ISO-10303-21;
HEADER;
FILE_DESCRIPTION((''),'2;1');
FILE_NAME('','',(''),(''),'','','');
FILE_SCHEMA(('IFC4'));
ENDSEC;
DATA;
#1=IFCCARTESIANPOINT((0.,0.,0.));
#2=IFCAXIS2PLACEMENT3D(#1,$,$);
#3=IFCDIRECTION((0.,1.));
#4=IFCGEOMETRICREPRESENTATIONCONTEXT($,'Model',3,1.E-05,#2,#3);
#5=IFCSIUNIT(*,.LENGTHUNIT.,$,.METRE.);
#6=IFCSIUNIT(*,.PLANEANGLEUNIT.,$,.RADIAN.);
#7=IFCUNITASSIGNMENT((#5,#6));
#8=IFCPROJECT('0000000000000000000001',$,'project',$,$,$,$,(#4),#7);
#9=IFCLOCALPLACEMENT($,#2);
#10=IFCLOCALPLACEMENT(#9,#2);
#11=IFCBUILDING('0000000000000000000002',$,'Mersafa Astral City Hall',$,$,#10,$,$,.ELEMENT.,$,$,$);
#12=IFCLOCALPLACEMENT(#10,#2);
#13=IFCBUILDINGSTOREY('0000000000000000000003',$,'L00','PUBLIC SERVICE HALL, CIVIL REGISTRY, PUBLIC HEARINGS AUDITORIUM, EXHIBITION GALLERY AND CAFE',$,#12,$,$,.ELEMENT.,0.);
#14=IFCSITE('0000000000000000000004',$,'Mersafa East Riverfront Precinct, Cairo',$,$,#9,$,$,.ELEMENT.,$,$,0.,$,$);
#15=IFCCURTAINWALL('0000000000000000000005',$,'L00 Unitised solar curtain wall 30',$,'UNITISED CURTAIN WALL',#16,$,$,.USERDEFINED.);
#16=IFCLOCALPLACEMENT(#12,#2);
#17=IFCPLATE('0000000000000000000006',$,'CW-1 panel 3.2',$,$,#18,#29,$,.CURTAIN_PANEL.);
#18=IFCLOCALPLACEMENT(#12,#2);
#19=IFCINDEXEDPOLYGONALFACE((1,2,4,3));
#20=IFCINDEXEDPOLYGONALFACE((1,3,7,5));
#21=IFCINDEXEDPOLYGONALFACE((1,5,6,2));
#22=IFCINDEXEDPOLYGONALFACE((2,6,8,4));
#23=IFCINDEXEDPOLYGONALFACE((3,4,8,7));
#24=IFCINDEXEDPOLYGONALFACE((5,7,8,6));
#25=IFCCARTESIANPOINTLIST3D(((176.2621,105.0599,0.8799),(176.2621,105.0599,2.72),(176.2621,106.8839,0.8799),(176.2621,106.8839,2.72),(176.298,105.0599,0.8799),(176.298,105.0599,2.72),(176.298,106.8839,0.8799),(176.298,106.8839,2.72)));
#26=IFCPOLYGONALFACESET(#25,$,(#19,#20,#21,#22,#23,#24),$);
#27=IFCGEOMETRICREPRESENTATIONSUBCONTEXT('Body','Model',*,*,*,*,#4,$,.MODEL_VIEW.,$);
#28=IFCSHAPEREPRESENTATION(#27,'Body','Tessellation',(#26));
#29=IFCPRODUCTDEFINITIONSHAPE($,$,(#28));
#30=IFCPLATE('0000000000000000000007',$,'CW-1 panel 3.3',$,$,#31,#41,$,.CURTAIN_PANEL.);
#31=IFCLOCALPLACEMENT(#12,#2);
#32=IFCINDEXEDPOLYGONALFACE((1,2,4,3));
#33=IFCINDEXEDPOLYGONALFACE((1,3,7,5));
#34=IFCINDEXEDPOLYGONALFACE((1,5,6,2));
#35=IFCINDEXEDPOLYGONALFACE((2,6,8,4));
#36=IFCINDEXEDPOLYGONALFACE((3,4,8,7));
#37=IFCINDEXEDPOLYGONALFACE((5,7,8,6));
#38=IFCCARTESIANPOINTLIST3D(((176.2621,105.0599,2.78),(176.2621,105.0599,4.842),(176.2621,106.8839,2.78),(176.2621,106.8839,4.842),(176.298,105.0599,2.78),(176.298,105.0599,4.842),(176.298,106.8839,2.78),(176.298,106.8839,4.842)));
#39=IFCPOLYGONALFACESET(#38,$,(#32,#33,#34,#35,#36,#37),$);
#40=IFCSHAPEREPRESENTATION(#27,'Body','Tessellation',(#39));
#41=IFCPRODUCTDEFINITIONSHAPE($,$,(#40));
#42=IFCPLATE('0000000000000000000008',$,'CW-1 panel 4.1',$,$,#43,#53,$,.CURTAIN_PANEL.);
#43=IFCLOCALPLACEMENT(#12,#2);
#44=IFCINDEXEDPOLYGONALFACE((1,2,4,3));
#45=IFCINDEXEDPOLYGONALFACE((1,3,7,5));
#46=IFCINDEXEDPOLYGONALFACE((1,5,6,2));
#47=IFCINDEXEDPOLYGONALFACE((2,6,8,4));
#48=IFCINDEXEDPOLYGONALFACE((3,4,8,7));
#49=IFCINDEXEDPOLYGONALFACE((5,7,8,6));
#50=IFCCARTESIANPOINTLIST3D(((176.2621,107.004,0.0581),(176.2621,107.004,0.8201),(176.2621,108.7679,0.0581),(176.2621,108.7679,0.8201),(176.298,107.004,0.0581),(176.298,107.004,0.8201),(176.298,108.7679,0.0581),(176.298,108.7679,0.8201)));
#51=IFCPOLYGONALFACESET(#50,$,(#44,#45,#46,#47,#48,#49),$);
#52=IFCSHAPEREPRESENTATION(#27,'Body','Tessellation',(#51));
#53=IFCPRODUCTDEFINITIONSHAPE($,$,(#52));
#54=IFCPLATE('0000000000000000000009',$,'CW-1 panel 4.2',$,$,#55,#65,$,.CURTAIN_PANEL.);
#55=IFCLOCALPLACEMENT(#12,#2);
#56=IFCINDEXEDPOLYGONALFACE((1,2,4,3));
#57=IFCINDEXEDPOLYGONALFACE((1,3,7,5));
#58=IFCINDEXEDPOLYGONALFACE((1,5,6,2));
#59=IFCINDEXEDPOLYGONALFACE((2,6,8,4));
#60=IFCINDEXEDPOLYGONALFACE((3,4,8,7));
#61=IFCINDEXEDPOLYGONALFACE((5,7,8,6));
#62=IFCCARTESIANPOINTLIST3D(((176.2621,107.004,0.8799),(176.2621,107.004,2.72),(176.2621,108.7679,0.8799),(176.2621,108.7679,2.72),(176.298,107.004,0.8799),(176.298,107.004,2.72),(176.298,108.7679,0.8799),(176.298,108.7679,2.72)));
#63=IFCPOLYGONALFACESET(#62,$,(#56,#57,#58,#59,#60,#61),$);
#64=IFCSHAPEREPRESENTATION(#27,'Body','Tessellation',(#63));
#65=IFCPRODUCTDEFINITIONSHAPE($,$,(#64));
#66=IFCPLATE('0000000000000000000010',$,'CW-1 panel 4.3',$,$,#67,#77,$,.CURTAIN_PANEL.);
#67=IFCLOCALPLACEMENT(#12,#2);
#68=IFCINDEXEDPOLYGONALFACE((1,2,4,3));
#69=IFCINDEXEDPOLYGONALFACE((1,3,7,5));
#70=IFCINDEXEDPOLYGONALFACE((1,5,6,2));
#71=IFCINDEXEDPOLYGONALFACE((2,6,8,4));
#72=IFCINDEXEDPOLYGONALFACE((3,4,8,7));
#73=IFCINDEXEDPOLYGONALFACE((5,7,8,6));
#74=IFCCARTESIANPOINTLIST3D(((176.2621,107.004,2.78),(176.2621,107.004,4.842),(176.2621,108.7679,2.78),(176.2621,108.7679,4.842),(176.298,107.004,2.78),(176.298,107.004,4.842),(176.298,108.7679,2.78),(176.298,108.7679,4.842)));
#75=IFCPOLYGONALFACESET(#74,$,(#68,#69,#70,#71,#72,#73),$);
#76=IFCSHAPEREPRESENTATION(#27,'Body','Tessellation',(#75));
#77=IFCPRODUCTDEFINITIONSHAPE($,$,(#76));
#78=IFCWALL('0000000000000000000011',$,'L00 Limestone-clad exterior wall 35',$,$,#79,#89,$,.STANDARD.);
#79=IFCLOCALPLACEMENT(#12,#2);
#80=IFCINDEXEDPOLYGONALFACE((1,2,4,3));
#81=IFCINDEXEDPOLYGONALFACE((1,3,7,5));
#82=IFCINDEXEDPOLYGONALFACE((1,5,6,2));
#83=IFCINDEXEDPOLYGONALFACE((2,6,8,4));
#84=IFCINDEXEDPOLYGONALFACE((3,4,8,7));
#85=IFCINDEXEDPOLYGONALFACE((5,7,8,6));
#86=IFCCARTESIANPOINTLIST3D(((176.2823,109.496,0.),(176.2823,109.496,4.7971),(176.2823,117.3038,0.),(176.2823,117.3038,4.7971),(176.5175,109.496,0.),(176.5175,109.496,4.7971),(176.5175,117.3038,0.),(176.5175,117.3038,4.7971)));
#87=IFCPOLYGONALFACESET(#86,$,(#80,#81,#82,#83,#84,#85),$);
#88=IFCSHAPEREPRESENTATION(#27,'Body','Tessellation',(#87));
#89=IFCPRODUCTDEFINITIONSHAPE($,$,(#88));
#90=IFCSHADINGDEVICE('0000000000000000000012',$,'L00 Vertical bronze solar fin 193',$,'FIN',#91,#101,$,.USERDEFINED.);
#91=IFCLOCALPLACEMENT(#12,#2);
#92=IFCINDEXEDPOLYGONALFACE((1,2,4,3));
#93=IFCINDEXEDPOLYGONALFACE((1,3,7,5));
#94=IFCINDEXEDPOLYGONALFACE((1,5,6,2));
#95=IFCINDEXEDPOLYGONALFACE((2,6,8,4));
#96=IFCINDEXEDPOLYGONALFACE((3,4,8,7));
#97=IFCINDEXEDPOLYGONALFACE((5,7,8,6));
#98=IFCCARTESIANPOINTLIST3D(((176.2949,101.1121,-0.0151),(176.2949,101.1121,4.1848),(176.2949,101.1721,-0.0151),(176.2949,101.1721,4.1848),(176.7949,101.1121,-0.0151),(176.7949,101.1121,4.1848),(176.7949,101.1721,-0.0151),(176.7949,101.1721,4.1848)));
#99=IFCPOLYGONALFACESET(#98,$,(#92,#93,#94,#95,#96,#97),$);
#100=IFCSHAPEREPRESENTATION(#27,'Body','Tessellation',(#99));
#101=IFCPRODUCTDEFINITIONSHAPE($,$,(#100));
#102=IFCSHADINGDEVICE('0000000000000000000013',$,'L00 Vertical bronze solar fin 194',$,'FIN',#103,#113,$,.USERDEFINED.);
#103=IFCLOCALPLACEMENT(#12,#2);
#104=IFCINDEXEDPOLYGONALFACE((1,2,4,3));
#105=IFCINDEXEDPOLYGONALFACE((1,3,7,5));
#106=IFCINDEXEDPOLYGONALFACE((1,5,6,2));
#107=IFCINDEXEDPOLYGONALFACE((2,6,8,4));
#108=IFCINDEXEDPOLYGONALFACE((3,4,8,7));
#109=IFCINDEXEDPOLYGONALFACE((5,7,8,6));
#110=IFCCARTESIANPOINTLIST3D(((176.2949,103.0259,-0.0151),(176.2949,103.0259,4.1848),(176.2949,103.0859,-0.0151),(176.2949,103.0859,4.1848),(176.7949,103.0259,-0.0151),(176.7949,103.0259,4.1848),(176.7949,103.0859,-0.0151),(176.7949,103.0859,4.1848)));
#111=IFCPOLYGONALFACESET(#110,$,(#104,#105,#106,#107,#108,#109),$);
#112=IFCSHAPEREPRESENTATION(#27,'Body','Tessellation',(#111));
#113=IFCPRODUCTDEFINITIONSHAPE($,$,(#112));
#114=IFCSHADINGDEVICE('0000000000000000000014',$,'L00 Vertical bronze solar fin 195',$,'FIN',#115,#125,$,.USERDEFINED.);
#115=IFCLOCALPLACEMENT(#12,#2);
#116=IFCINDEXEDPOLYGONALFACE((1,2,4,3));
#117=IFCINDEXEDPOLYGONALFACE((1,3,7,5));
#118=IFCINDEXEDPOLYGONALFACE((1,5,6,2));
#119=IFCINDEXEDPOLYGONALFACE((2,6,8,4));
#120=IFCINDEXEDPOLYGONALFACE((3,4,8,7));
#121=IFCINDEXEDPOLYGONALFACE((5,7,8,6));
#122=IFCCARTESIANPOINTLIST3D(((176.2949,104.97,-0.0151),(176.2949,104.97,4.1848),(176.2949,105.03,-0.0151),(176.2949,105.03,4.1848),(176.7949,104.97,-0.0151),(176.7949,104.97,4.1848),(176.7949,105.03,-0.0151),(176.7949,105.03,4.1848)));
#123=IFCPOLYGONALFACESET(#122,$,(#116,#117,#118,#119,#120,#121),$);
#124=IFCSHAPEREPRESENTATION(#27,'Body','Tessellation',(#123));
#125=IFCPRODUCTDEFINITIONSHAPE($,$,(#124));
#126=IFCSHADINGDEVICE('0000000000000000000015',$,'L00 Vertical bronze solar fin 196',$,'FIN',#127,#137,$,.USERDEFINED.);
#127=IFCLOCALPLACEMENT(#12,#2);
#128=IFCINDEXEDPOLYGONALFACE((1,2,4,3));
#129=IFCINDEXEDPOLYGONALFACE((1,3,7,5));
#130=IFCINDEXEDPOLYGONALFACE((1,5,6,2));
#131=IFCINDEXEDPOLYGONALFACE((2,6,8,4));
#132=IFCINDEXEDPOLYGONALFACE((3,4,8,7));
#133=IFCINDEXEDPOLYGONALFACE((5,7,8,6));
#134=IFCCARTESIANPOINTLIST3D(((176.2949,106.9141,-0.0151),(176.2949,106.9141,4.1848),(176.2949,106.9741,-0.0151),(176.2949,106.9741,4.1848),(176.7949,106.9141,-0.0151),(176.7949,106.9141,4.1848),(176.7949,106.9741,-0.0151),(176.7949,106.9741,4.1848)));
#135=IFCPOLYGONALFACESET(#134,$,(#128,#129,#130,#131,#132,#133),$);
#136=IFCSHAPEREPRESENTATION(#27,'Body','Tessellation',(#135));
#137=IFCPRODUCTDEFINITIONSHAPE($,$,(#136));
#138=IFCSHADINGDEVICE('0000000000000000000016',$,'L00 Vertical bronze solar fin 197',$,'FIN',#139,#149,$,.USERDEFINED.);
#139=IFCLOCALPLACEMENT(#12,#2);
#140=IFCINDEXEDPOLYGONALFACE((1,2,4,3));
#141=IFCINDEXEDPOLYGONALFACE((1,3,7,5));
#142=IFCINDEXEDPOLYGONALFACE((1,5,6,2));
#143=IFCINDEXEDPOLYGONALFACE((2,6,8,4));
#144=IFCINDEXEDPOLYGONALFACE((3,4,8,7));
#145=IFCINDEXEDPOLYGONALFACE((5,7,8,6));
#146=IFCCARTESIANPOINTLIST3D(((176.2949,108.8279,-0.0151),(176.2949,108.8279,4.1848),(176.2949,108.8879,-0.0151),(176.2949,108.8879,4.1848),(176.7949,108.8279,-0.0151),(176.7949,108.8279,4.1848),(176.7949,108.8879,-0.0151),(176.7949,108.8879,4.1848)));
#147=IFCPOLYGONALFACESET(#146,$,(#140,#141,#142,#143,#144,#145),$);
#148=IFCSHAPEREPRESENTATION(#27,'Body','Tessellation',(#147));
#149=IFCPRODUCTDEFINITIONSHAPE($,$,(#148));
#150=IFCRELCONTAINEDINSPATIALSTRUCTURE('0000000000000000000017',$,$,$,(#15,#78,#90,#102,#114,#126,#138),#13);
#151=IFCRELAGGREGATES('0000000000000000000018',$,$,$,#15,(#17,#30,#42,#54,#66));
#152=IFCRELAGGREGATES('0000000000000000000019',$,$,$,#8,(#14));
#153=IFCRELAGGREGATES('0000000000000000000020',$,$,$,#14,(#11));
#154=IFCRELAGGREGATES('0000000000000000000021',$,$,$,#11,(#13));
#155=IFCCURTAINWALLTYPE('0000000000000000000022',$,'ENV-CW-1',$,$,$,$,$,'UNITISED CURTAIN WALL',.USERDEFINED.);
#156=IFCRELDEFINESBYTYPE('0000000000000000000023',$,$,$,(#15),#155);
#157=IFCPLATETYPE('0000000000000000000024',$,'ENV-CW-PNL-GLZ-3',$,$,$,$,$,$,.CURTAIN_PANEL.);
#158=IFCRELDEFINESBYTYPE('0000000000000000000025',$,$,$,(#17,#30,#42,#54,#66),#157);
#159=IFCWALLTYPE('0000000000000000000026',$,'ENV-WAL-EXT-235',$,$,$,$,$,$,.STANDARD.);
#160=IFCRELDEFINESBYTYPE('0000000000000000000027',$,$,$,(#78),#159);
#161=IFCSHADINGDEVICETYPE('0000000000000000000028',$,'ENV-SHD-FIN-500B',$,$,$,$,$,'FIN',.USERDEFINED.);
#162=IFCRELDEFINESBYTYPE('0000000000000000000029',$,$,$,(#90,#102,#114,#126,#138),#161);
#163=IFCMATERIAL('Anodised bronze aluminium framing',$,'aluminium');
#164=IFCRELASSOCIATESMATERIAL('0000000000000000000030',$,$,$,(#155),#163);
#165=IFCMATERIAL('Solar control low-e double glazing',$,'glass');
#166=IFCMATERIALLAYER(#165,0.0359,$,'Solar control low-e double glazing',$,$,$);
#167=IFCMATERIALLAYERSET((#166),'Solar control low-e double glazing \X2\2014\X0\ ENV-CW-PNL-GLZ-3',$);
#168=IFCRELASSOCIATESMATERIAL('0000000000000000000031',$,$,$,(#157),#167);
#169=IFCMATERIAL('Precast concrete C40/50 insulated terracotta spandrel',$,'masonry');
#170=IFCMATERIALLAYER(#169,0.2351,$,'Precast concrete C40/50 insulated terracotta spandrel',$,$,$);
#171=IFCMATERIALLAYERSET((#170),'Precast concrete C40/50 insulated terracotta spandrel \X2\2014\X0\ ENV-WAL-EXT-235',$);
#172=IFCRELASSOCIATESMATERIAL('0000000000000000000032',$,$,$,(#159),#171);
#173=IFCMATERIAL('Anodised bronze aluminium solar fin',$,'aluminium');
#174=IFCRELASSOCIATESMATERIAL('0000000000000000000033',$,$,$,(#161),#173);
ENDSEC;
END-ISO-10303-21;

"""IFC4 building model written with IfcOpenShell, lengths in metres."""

from ifc_helpers import new_model, si_unit, direction, frame, frame_2d, origin, origin_2d, place, context, subcontext, project, spatial, rectangle, extrude, material, layer, layer_set, type_object, element, aggregate, save


model = new_model("IFC4")

# Units and contexts
model_context = context("Model", 3, precision=1e-05, world=origin(), true_north=direction((0.0, 1.0)))
body_context = subcontext(model_context, "Body", "Model", "MODEL_VIEW")
ifc_project = project(units=[si_unit("LENGTHUNIT", "METRE"), si_unit("PLANEANGLEUNIT", "RADIAN")], contexts=[model_context])

# Site, building, storey
site_placement = place(None, origin())
site = spatial("IfcSite", under=ifc_project, at=site_placement, Name="Mersafa East Riverfront Precinct, Cairo", CompositionType="ELEMENT", RefElevation=0.0)
building_placement = place(site_placement, origin())
building = spatial("IfcBuilding", under=site, at=building_placement, Name="Mersafa Astral City Hall", CompositionType="ELEMENT")
storey_placement = place(building_placement, origin())
storey = spatial("IfcBuildingStorey", under=building, at=storey_placement, Name="L00", Description="PUBLIC SERVICE HALL, CIVIL REGISTRY, PUBLIC HEARINGS AUDITORIUM, EXHIBITION GALLERY AND CAFE", CompositionType="ELEMENT", Elevation=0.0)

# Curtain wall
ifc_material_1 = material(Name="Anodised bronze aluminium framing", Category="aluminium")
curtain_wall_type = type_object("IfcCurtainWallType", Name="ENV-CW-1", ElementType="UNITISED CURTAIN WALL", PredefinedType="USERDEFINED", material=ifc_material_1)
curtain_wall_placement = place(storey_placement, origin())
curtain_wall = element("IfcCurtainWall", 1, at=curtain_wall_placement, inside=storey, type_object=curtain_wall_type, Name="L00 Unitised solar curtain wall 30", ObjectType="UNITISED CURTAIN WALL", PredefinedType="USERDEFINED")

# Plates
ifc_material_2 = material(Name="Solar control low-e double glazing", Category="glass")
ifc_layer_1 = layer(ifc_material_2, 0.0359, Name="Solar control low-e double glazing")
ifc_layer_set_1 = layer_set([ifc_layer_1], Name="Solar control low-e double glazing — ENV-CW-PNL-GLZ-3")
plate_type = type_object("IfcPlateType", Name="ENV-CW-PNL-GLZ-3", PredefinedType="CURTAIN_PANEL", material=ifc_layer_set_1)
plate_1_placement = place(storey_placement, frame((176.28, 105.9719, 0.8799), z_axis=(0.0, 0.0, 1.0), x_axis=(0.0, 1.0, 0.0)))
plate_1 = element("IfcPlate", 2, at=plate_1_placement, type_object=plate_type, Name="CW-1 panel 3.2", PredefinedType="CURTAIN_PANEL", context=body_context, shape_type="SweptSolid", body=[
    extrude(rectangle(XDim=1.824, YDim=0.0359, at=origin_2d()), origin(), (0.0, 0.0, 1.0), 1.8401),
])
plate_2_placement = place(storey_placement, frame((176.28, 105.9719, 2.78), z_axis=(0.0, 0.0, 1.0), x_axis=(0.0, 1.0, 0.0)))
plate_2 = element("IfcPlate", 3, at=plate_2_placement, type_object=plate_type, Name="CW-1 panel 3.3", PredefinedType="CURTAIN_PANEL", context=body_context, shape_type="SweptSolid", body=[
    extrude(rectangle(XDim=1.824, YDim=0.0359, at=origin_2d()), origin(), (0.0, 0.0, 1.0), 2.062),
])
plate_3_placement = place(storey_placement, frame((176.28, 107.886, 0.0581), z_axis=(0.0, 0.0, 1.0), x_axis=(0.0, 1.0, 0.0)))
plate_3 = element("IfcPlate", 4, at=plate_3_placement, type_object=plate_type, Name="CW-1 panel 4.1", PredefinedType="CURTAIN_PANEL", context=body_context, shape_type="SweptSolid", body=[
    extrude(rectangle(XDim=1.7639, YDim=0.0359, at=origin_2d()), origin(), (0.0, 0.0, 1.0), 0.762),
])
plate_4_placement = place(storey_placement, frame((176.28, 107.886, 0.8799), z_axis=(0.0, 0.0, 1.0), x_axis=(0.0, 1.0, 0.0)))
plate_4 = element("IfcPlate", 5, at=plate_4_placement, type_object=plate_type, Name="CW-1 panel 4.2", PredefinedType="CURTAIN_PANEL", context=body_context, shape_type="SweptSolid", body=[
    extrude(rectangle(XDim=1.7639, YDim=0.0359, at=origin_2d()), origin(), (0.0, 0.0, 1.0), 1.8401),
])
plate_5_placement = place(storey_placement, frame((176.28, 107.886, 2.78), z_axis=(0.0, 0.0, 1.0), x_axis=(0.0, 1.0, 0.0)))
plate_5 = element("IfcPlate", 6, at=plate_5_placement, type_object=plate_type, Name="CW-1 panel 4.3", PredefinedType="CURTAIN_PANEL", context=body_context, shape_type="SweptSolid", body=[
    extrude(rectangle(XDim=1.7639, YDim=0.0359, at=origin_2d()), origin(), (0.0, 0.0, 1.0), 2.062),
])
aggregate(curtain_wall, [plate_1, plate_2, plate_3, plate_4, plate_5])

# Wall
ifc_material_3 = material(Name="Precast concrete C40/50 insulated terracotta spandrel", Category="masonry")
ifc_layer_2 = layer(ifc_material_3, 0.2351, Name="Precast concrete C40/50 insulated terracotta spandrel")
ifc_layer_set_2 = layer_set([ifc_layer_2], Name="Precast concrete C40/50 insulated terracotta spandrel — ENV-WAL-EXT-235")
wall_type = type_object("IfcWallType", Name="ENV-WAL-EXT-235", PredefinedType="STANDARD", material=ifc_layer_set_2)
wall_placement = place(storey_placement, frame((176.3999, 109.4961, 0.0), z_axis=(0.0, 0.0, 1.0), x_axis=(0.0, 1.0, 0.0)))
element("IfcWall", 7, at=wall_placement, inside=storey, type_object=wall_type, Name="L00 Limestone-clad exterior wall 35", PredefinedType="STANDARD", context=body_context, shape_type="SweptSolid", body=[
    extrude(rectangle(XDim=7.8079, YDim=0.2351, at=frame_2d((3.9038, 0.0))), origin(), (0.0, 0.0, 1.0), 4.7971),
])

# Shading devices
ifc_material_4 = material(Name="Anodised bronze aluminium solar fin", Category="aluminium")
shading_device_type = type_object("IfcShadingDeviceType", Name="ENV-SHD-FIN-500B", ElementType="FIN", PredefinedType="USERDEFINED", material=ifc_material_4)
for number, where, z_axis, x_axis, name in (
    (8, (176.5449, 101.1421, -0.0151), (0.0, 0.0, 1.0), (0.0, 1.0, 0.0), "L00 Vertical bronze solar fin 193"),
    (9, (176.5449, 103.0559, -0.0151), (0.0, 0.0, 1.0), (0.0, 1.0, 0.0), "L00 Vertical bronze solar fin 194"),
    (10, (176.5449, 105.0, -0.0151), (0.0, 0.0, 1.0), (0.0, 1.0, 0.0), "L00 Vertical bronze solar fin 195"),
    (11, (176.5449, 106.9441, -0.0151), (0.0, 0.0, 1.0), (0.0, 1.0, 0.0), "L00 Vertical bronze solar fin 196"),
    (12, (176.5449, 108.8579, -0.0151), (0.0, 0.0, 1.0), (0.0, 1.0, 0.0), "L00 Vertical bronze solar fin 197"),
):
    element("IfcShadingDevice", number, at=place(storey_placement, frame(where, z_axis=z_axis, x_axis=x_axis)), inside=storey, type_object=shading_device_type, Name=name, ObjectType="FIN", PredefinedType="USERDEFINED", context=body_context, shape_type="SweptSolid", body=[
        extrude(rectangle(XDim=0.0601, YDim=0.5, at=origin_2d()), origin(), (0.0, 0.0, 1.0), 4.2),
    ])

save(model, "model.ifc")
